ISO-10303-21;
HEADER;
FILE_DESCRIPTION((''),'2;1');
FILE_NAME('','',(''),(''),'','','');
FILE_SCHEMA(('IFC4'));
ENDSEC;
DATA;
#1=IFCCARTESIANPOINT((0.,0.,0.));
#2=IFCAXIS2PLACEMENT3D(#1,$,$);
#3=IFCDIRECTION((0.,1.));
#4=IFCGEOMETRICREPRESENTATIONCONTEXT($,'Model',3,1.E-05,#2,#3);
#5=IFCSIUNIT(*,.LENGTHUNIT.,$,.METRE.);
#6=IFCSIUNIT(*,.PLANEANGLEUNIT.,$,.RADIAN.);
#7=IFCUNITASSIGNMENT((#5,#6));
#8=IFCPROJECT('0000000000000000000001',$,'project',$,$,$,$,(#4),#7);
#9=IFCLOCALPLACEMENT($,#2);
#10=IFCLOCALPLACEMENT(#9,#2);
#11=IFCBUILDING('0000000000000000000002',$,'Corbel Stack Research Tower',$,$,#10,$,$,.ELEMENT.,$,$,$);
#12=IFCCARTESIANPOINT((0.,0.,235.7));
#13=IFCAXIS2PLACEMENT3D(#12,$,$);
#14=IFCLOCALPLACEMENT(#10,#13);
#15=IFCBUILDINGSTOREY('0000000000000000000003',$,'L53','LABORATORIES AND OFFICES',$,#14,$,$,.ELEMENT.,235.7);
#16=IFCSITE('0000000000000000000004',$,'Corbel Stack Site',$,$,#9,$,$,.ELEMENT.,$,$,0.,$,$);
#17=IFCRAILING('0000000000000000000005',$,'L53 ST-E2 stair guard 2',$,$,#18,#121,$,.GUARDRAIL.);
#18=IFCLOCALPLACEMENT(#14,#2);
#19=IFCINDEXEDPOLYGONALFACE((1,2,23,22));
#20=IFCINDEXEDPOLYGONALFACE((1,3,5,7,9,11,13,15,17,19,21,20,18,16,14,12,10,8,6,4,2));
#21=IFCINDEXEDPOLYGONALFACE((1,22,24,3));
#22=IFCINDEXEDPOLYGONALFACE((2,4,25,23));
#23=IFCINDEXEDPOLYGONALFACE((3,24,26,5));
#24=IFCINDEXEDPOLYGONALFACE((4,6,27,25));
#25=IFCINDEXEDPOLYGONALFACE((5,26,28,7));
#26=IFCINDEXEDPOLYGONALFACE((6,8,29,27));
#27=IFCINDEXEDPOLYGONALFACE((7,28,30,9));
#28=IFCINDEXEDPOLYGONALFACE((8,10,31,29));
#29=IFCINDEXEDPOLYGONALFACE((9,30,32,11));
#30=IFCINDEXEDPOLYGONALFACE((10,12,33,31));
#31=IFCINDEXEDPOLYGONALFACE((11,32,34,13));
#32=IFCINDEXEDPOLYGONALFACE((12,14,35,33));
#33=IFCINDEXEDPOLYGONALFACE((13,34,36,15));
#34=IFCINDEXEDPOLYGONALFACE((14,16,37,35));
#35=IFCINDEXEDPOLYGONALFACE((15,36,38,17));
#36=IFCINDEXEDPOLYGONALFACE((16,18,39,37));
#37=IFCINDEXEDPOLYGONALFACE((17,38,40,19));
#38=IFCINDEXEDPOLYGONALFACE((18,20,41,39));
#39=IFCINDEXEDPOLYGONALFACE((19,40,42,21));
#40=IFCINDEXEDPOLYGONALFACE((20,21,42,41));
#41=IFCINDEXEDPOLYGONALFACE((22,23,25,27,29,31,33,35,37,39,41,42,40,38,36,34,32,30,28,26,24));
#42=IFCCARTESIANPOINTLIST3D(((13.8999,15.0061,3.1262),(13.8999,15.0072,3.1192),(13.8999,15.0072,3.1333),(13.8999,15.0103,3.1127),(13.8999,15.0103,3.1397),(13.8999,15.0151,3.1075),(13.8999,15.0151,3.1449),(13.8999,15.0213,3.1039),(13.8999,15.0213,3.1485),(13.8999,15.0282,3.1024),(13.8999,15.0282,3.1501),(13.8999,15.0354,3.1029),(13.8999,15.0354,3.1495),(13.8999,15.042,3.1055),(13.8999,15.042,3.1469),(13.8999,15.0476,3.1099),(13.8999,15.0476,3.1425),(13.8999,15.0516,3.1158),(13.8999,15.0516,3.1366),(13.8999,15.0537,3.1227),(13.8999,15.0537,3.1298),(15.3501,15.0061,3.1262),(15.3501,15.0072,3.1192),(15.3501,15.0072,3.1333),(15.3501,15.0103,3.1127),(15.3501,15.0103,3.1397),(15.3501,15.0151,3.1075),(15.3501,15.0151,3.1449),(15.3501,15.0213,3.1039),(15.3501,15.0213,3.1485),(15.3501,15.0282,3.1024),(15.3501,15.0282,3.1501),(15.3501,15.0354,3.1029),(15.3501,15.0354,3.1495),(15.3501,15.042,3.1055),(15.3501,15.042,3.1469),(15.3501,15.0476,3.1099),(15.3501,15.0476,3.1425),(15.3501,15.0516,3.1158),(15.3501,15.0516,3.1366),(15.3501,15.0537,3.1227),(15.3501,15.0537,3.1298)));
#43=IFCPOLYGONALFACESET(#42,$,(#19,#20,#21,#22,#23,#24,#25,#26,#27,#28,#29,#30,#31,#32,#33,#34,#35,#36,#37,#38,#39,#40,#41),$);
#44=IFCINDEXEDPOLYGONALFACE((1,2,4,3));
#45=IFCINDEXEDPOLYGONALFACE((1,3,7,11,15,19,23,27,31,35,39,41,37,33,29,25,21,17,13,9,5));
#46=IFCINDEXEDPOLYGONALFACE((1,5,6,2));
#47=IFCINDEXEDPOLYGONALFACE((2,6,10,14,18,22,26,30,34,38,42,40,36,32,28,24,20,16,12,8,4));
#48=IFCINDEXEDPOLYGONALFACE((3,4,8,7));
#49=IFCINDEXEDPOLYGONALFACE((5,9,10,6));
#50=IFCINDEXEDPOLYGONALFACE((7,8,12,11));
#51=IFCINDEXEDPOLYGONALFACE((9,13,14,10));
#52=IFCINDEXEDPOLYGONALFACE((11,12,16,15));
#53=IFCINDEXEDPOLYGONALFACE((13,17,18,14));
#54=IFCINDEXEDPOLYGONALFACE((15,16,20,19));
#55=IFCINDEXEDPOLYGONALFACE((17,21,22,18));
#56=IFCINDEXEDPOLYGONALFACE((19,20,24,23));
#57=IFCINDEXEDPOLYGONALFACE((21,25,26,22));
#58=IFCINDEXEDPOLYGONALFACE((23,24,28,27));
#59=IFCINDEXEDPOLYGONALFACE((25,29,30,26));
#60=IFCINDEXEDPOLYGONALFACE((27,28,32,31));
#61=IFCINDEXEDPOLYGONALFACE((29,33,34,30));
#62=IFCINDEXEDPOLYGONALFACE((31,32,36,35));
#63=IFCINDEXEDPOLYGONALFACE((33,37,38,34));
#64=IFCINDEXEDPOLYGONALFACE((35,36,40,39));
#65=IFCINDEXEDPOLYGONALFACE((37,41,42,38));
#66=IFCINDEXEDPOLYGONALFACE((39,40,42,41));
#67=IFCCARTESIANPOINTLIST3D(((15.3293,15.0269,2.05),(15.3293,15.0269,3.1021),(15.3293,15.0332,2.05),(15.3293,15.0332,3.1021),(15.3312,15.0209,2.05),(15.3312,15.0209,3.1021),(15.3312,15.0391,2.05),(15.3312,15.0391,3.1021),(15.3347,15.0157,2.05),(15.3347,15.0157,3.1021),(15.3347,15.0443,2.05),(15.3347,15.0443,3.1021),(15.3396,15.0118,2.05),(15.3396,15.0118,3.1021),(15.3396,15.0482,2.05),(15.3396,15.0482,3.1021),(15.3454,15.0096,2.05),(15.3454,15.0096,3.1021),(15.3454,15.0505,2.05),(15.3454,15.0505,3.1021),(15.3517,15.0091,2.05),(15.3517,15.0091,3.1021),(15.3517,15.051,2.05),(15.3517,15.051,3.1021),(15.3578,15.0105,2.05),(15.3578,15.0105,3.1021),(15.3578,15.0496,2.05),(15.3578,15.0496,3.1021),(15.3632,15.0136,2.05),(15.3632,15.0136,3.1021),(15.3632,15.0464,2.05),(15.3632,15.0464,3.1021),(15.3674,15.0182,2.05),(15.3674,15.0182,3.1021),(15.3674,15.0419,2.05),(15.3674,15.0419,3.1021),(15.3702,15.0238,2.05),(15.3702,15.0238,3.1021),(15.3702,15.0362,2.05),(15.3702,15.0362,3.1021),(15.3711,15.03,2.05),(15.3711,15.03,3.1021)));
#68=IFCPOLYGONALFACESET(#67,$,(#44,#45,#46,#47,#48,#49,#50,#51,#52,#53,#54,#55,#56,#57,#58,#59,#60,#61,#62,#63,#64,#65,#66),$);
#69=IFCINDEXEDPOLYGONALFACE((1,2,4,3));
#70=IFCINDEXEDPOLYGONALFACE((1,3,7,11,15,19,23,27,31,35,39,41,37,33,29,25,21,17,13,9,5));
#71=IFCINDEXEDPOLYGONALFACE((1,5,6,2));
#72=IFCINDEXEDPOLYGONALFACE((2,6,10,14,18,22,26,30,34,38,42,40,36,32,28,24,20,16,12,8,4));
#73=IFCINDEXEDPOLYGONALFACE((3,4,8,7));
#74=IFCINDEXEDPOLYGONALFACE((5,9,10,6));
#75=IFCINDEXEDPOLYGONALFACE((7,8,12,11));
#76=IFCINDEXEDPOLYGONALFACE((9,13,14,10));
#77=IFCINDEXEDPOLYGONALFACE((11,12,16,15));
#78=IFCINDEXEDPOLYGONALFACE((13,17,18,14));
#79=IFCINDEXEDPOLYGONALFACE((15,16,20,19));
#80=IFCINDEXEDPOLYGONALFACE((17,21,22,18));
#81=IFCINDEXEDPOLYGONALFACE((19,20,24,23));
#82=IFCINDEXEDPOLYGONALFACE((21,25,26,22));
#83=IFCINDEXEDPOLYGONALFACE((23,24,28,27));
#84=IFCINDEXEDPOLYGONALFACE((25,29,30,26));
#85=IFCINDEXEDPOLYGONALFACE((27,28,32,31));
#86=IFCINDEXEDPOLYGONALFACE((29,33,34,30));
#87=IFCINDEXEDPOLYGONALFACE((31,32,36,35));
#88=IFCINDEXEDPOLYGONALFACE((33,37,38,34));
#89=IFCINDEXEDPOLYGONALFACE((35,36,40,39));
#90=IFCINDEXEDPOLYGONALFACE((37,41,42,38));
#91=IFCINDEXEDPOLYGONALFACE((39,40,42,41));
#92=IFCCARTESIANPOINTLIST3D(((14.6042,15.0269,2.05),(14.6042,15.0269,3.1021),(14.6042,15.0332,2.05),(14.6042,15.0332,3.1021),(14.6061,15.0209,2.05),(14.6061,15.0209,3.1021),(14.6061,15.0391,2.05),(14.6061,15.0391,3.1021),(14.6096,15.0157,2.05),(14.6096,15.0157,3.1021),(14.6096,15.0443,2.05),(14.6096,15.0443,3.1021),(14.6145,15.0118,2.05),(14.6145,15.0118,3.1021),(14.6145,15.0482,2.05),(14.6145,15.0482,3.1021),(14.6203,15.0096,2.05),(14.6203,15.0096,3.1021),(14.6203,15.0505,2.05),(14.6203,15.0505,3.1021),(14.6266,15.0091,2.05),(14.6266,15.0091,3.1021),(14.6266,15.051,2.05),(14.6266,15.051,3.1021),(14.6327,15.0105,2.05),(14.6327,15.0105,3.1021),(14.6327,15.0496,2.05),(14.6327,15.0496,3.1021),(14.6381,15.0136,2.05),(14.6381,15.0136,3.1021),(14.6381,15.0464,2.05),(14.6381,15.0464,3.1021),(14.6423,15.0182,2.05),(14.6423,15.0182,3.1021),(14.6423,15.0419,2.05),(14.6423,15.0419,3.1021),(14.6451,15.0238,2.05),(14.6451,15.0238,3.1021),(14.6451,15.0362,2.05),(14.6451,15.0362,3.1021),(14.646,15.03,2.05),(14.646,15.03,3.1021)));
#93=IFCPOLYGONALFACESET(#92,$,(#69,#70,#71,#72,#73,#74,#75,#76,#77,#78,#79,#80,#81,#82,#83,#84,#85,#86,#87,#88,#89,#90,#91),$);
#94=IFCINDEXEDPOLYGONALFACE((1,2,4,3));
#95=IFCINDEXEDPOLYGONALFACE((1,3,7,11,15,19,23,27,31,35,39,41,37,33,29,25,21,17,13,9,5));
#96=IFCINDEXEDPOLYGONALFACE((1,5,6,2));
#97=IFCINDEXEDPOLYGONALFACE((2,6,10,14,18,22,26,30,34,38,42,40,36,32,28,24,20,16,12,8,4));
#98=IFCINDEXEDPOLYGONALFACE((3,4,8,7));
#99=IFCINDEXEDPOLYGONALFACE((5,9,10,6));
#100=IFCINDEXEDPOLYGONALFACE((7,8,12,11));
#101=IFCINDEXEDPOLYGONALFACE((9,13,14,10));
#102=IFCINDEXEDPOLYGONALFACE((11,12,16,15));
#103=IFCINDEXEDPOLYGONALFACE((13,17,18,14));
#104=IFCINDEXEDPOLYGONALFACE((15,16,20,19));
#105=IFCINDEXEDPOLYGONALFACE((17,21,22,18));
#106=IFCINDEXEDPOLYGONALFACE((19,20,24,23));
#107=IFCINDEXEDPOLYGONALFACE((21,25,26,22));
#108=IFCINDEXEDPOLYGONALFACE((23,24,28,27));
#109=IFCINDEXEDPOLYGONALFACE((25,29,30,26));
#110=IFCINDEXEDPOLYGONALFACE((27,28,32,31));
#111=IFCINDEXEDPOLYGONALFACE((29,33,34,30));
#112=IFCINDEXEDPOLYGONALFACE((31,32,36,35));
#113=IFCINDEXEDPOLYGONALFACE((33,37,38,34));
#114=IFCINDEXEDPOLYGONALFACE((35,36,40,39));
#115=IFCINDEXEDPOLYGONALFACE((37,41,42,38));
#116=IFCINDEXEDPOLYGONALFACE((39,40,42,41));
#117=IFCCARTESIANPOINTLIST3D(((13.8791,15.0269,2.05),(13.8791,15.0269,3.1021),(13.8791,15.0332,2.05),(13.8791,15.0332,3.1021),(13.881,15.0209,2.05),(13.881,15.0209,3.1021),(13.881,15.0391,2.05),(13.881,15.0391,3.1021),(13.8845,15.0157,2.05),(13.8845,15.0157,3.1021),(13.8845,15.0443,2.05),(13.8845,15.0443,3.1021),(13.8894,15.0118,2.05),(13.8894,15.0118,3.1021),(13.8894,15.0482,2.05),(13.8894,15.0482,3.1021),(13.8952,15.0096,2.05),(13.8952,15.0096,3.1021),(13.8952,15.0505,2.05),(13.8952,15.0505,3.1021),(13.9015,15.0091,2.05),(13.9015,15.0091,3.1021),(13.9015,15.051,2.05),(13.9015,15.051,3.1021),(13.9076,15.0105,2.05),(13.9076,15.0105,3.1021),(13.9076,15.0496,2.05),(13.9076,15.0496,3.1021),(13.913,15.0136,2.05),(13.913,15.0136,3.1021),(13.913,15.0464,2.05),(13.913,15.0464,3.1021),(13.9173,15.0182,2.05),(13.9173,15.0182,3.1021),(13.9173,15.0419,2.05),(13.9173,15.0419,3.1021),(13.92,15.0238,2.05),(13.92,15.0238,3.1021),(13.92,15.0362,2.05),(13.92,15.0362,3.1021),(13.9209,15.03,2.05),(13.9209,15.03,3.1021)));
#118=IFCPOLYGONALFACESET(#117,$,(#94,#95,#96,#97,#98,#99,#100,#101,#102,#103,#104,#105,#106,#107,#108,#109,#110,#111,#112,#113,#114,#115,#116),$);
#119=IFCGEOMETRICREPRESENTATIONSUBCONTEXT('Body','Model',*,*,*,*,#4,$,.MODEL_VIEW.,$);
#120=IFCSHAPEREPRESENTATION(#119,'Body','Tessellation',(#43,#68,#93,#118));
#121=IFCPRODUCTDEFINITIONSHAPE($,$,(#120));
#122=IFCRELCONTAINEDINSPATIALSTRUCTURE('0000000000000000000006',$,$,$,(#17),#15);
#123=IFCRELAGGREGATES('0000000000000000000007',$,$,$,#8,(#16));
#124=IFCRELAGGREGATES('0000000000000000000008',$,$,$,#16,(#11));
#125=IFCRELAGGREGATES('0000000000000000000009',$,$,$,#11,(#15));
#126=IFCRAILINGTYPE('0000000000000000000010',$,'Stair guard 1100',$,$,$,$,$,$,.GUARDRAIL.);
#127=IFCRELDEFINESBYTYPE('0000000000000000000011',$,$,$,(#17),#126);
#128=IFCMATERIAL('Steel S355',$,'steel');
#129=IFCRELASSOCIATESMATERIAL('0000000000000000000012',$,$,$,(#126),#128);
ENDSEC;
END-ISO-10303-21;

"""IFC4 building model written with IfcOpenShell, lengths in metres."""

from ifc_helpers import new_model, si_unit, direction, frame, origin, origin_2d, place, context, subcontext, project, spatial, circle, extrude, material, type_object, element, save


model = new_model("IFC4")

# Units and contexts
model_context = context("Model", 3, precision=1e-05, world=origin(), true_north=direction((0.0, 1.0)))
body_context = subcontext(model_context, "Body", "Model", "MODEL_VIEW")
ifc_project = project(units=[si_unit("LENGTHUNIT", "METRE"), si_unit("PLANEANGLEUNIT", "RADIAN")], contexts=[model_context])

# Site, building, storey
site_placement = place(None, origin())
site = spatial("IfcSite", under=ifc_project, at=site_placement, Name="Corbel Stack Site", CompositionType="ELEMENT", RefElevation=0.0)
building_placement = place(site_placement, origin())
building = spatial("IfcBuilding", under=site, at=building_placement, Name="Corbel Stack Research Tower", CompositionType="ELEMENT")
storey_placement = place(building_placement, frame((0.0, 0.0, 235.7)))
storey = spatial("IfcBuildingStorey", under=building, at=storey_placement, Name="L53", Description="LABORATORIES AND OFFICES", CompositionType="ELEMENT", Elevation=235.7)

# Railing
ifc_material_1 = material(Name="Steel S355", Category="steel")
railing_type_1 = type_object("IfcRailingType", Name="Stair guard 1100", PredefinedType="GUARDRAIL", material=ifc_material_1)
railing_1_placement = place(storey_placement, frame((15.3501, 15.03, 2.05)))
element("IfcRailing", 1, at=railing_1_placement, inside=storey, type_object=railing_type_1, Name="L53 ST-E2 stair guard 2", PredefinedType="GUARDRAIL", context=body_context, shape_type="SweptSolid", body=[
    extrude(circle(Radius=0.0239, at=origin_2d()), frame((0.0, 0.0, 1.0762), z_axis=(-1.0, 0.0, 0.0), x_axis=(0.0, -1.0, 0.0)), (0.0, 0.0, 1.0), 1.4502),
    extrude(circle(Radius=0.021, at=origin_2d()), origin(), (0.0, 0.0, 1.0), 1.052),
    extrude(circle(Radius=0.021, at=origin_2d()), frame((-0.7251, 0.0, 0.0)), (0.0, 0.0, 1.0), 1.052),
    extrude(circle(Radius=0.021, at=origin_2d()), frame((-1.4502, 0.0, 0.0)), (0.0, 0.0, 1.0), 1.052),
])

save(model, "model.ifc")
